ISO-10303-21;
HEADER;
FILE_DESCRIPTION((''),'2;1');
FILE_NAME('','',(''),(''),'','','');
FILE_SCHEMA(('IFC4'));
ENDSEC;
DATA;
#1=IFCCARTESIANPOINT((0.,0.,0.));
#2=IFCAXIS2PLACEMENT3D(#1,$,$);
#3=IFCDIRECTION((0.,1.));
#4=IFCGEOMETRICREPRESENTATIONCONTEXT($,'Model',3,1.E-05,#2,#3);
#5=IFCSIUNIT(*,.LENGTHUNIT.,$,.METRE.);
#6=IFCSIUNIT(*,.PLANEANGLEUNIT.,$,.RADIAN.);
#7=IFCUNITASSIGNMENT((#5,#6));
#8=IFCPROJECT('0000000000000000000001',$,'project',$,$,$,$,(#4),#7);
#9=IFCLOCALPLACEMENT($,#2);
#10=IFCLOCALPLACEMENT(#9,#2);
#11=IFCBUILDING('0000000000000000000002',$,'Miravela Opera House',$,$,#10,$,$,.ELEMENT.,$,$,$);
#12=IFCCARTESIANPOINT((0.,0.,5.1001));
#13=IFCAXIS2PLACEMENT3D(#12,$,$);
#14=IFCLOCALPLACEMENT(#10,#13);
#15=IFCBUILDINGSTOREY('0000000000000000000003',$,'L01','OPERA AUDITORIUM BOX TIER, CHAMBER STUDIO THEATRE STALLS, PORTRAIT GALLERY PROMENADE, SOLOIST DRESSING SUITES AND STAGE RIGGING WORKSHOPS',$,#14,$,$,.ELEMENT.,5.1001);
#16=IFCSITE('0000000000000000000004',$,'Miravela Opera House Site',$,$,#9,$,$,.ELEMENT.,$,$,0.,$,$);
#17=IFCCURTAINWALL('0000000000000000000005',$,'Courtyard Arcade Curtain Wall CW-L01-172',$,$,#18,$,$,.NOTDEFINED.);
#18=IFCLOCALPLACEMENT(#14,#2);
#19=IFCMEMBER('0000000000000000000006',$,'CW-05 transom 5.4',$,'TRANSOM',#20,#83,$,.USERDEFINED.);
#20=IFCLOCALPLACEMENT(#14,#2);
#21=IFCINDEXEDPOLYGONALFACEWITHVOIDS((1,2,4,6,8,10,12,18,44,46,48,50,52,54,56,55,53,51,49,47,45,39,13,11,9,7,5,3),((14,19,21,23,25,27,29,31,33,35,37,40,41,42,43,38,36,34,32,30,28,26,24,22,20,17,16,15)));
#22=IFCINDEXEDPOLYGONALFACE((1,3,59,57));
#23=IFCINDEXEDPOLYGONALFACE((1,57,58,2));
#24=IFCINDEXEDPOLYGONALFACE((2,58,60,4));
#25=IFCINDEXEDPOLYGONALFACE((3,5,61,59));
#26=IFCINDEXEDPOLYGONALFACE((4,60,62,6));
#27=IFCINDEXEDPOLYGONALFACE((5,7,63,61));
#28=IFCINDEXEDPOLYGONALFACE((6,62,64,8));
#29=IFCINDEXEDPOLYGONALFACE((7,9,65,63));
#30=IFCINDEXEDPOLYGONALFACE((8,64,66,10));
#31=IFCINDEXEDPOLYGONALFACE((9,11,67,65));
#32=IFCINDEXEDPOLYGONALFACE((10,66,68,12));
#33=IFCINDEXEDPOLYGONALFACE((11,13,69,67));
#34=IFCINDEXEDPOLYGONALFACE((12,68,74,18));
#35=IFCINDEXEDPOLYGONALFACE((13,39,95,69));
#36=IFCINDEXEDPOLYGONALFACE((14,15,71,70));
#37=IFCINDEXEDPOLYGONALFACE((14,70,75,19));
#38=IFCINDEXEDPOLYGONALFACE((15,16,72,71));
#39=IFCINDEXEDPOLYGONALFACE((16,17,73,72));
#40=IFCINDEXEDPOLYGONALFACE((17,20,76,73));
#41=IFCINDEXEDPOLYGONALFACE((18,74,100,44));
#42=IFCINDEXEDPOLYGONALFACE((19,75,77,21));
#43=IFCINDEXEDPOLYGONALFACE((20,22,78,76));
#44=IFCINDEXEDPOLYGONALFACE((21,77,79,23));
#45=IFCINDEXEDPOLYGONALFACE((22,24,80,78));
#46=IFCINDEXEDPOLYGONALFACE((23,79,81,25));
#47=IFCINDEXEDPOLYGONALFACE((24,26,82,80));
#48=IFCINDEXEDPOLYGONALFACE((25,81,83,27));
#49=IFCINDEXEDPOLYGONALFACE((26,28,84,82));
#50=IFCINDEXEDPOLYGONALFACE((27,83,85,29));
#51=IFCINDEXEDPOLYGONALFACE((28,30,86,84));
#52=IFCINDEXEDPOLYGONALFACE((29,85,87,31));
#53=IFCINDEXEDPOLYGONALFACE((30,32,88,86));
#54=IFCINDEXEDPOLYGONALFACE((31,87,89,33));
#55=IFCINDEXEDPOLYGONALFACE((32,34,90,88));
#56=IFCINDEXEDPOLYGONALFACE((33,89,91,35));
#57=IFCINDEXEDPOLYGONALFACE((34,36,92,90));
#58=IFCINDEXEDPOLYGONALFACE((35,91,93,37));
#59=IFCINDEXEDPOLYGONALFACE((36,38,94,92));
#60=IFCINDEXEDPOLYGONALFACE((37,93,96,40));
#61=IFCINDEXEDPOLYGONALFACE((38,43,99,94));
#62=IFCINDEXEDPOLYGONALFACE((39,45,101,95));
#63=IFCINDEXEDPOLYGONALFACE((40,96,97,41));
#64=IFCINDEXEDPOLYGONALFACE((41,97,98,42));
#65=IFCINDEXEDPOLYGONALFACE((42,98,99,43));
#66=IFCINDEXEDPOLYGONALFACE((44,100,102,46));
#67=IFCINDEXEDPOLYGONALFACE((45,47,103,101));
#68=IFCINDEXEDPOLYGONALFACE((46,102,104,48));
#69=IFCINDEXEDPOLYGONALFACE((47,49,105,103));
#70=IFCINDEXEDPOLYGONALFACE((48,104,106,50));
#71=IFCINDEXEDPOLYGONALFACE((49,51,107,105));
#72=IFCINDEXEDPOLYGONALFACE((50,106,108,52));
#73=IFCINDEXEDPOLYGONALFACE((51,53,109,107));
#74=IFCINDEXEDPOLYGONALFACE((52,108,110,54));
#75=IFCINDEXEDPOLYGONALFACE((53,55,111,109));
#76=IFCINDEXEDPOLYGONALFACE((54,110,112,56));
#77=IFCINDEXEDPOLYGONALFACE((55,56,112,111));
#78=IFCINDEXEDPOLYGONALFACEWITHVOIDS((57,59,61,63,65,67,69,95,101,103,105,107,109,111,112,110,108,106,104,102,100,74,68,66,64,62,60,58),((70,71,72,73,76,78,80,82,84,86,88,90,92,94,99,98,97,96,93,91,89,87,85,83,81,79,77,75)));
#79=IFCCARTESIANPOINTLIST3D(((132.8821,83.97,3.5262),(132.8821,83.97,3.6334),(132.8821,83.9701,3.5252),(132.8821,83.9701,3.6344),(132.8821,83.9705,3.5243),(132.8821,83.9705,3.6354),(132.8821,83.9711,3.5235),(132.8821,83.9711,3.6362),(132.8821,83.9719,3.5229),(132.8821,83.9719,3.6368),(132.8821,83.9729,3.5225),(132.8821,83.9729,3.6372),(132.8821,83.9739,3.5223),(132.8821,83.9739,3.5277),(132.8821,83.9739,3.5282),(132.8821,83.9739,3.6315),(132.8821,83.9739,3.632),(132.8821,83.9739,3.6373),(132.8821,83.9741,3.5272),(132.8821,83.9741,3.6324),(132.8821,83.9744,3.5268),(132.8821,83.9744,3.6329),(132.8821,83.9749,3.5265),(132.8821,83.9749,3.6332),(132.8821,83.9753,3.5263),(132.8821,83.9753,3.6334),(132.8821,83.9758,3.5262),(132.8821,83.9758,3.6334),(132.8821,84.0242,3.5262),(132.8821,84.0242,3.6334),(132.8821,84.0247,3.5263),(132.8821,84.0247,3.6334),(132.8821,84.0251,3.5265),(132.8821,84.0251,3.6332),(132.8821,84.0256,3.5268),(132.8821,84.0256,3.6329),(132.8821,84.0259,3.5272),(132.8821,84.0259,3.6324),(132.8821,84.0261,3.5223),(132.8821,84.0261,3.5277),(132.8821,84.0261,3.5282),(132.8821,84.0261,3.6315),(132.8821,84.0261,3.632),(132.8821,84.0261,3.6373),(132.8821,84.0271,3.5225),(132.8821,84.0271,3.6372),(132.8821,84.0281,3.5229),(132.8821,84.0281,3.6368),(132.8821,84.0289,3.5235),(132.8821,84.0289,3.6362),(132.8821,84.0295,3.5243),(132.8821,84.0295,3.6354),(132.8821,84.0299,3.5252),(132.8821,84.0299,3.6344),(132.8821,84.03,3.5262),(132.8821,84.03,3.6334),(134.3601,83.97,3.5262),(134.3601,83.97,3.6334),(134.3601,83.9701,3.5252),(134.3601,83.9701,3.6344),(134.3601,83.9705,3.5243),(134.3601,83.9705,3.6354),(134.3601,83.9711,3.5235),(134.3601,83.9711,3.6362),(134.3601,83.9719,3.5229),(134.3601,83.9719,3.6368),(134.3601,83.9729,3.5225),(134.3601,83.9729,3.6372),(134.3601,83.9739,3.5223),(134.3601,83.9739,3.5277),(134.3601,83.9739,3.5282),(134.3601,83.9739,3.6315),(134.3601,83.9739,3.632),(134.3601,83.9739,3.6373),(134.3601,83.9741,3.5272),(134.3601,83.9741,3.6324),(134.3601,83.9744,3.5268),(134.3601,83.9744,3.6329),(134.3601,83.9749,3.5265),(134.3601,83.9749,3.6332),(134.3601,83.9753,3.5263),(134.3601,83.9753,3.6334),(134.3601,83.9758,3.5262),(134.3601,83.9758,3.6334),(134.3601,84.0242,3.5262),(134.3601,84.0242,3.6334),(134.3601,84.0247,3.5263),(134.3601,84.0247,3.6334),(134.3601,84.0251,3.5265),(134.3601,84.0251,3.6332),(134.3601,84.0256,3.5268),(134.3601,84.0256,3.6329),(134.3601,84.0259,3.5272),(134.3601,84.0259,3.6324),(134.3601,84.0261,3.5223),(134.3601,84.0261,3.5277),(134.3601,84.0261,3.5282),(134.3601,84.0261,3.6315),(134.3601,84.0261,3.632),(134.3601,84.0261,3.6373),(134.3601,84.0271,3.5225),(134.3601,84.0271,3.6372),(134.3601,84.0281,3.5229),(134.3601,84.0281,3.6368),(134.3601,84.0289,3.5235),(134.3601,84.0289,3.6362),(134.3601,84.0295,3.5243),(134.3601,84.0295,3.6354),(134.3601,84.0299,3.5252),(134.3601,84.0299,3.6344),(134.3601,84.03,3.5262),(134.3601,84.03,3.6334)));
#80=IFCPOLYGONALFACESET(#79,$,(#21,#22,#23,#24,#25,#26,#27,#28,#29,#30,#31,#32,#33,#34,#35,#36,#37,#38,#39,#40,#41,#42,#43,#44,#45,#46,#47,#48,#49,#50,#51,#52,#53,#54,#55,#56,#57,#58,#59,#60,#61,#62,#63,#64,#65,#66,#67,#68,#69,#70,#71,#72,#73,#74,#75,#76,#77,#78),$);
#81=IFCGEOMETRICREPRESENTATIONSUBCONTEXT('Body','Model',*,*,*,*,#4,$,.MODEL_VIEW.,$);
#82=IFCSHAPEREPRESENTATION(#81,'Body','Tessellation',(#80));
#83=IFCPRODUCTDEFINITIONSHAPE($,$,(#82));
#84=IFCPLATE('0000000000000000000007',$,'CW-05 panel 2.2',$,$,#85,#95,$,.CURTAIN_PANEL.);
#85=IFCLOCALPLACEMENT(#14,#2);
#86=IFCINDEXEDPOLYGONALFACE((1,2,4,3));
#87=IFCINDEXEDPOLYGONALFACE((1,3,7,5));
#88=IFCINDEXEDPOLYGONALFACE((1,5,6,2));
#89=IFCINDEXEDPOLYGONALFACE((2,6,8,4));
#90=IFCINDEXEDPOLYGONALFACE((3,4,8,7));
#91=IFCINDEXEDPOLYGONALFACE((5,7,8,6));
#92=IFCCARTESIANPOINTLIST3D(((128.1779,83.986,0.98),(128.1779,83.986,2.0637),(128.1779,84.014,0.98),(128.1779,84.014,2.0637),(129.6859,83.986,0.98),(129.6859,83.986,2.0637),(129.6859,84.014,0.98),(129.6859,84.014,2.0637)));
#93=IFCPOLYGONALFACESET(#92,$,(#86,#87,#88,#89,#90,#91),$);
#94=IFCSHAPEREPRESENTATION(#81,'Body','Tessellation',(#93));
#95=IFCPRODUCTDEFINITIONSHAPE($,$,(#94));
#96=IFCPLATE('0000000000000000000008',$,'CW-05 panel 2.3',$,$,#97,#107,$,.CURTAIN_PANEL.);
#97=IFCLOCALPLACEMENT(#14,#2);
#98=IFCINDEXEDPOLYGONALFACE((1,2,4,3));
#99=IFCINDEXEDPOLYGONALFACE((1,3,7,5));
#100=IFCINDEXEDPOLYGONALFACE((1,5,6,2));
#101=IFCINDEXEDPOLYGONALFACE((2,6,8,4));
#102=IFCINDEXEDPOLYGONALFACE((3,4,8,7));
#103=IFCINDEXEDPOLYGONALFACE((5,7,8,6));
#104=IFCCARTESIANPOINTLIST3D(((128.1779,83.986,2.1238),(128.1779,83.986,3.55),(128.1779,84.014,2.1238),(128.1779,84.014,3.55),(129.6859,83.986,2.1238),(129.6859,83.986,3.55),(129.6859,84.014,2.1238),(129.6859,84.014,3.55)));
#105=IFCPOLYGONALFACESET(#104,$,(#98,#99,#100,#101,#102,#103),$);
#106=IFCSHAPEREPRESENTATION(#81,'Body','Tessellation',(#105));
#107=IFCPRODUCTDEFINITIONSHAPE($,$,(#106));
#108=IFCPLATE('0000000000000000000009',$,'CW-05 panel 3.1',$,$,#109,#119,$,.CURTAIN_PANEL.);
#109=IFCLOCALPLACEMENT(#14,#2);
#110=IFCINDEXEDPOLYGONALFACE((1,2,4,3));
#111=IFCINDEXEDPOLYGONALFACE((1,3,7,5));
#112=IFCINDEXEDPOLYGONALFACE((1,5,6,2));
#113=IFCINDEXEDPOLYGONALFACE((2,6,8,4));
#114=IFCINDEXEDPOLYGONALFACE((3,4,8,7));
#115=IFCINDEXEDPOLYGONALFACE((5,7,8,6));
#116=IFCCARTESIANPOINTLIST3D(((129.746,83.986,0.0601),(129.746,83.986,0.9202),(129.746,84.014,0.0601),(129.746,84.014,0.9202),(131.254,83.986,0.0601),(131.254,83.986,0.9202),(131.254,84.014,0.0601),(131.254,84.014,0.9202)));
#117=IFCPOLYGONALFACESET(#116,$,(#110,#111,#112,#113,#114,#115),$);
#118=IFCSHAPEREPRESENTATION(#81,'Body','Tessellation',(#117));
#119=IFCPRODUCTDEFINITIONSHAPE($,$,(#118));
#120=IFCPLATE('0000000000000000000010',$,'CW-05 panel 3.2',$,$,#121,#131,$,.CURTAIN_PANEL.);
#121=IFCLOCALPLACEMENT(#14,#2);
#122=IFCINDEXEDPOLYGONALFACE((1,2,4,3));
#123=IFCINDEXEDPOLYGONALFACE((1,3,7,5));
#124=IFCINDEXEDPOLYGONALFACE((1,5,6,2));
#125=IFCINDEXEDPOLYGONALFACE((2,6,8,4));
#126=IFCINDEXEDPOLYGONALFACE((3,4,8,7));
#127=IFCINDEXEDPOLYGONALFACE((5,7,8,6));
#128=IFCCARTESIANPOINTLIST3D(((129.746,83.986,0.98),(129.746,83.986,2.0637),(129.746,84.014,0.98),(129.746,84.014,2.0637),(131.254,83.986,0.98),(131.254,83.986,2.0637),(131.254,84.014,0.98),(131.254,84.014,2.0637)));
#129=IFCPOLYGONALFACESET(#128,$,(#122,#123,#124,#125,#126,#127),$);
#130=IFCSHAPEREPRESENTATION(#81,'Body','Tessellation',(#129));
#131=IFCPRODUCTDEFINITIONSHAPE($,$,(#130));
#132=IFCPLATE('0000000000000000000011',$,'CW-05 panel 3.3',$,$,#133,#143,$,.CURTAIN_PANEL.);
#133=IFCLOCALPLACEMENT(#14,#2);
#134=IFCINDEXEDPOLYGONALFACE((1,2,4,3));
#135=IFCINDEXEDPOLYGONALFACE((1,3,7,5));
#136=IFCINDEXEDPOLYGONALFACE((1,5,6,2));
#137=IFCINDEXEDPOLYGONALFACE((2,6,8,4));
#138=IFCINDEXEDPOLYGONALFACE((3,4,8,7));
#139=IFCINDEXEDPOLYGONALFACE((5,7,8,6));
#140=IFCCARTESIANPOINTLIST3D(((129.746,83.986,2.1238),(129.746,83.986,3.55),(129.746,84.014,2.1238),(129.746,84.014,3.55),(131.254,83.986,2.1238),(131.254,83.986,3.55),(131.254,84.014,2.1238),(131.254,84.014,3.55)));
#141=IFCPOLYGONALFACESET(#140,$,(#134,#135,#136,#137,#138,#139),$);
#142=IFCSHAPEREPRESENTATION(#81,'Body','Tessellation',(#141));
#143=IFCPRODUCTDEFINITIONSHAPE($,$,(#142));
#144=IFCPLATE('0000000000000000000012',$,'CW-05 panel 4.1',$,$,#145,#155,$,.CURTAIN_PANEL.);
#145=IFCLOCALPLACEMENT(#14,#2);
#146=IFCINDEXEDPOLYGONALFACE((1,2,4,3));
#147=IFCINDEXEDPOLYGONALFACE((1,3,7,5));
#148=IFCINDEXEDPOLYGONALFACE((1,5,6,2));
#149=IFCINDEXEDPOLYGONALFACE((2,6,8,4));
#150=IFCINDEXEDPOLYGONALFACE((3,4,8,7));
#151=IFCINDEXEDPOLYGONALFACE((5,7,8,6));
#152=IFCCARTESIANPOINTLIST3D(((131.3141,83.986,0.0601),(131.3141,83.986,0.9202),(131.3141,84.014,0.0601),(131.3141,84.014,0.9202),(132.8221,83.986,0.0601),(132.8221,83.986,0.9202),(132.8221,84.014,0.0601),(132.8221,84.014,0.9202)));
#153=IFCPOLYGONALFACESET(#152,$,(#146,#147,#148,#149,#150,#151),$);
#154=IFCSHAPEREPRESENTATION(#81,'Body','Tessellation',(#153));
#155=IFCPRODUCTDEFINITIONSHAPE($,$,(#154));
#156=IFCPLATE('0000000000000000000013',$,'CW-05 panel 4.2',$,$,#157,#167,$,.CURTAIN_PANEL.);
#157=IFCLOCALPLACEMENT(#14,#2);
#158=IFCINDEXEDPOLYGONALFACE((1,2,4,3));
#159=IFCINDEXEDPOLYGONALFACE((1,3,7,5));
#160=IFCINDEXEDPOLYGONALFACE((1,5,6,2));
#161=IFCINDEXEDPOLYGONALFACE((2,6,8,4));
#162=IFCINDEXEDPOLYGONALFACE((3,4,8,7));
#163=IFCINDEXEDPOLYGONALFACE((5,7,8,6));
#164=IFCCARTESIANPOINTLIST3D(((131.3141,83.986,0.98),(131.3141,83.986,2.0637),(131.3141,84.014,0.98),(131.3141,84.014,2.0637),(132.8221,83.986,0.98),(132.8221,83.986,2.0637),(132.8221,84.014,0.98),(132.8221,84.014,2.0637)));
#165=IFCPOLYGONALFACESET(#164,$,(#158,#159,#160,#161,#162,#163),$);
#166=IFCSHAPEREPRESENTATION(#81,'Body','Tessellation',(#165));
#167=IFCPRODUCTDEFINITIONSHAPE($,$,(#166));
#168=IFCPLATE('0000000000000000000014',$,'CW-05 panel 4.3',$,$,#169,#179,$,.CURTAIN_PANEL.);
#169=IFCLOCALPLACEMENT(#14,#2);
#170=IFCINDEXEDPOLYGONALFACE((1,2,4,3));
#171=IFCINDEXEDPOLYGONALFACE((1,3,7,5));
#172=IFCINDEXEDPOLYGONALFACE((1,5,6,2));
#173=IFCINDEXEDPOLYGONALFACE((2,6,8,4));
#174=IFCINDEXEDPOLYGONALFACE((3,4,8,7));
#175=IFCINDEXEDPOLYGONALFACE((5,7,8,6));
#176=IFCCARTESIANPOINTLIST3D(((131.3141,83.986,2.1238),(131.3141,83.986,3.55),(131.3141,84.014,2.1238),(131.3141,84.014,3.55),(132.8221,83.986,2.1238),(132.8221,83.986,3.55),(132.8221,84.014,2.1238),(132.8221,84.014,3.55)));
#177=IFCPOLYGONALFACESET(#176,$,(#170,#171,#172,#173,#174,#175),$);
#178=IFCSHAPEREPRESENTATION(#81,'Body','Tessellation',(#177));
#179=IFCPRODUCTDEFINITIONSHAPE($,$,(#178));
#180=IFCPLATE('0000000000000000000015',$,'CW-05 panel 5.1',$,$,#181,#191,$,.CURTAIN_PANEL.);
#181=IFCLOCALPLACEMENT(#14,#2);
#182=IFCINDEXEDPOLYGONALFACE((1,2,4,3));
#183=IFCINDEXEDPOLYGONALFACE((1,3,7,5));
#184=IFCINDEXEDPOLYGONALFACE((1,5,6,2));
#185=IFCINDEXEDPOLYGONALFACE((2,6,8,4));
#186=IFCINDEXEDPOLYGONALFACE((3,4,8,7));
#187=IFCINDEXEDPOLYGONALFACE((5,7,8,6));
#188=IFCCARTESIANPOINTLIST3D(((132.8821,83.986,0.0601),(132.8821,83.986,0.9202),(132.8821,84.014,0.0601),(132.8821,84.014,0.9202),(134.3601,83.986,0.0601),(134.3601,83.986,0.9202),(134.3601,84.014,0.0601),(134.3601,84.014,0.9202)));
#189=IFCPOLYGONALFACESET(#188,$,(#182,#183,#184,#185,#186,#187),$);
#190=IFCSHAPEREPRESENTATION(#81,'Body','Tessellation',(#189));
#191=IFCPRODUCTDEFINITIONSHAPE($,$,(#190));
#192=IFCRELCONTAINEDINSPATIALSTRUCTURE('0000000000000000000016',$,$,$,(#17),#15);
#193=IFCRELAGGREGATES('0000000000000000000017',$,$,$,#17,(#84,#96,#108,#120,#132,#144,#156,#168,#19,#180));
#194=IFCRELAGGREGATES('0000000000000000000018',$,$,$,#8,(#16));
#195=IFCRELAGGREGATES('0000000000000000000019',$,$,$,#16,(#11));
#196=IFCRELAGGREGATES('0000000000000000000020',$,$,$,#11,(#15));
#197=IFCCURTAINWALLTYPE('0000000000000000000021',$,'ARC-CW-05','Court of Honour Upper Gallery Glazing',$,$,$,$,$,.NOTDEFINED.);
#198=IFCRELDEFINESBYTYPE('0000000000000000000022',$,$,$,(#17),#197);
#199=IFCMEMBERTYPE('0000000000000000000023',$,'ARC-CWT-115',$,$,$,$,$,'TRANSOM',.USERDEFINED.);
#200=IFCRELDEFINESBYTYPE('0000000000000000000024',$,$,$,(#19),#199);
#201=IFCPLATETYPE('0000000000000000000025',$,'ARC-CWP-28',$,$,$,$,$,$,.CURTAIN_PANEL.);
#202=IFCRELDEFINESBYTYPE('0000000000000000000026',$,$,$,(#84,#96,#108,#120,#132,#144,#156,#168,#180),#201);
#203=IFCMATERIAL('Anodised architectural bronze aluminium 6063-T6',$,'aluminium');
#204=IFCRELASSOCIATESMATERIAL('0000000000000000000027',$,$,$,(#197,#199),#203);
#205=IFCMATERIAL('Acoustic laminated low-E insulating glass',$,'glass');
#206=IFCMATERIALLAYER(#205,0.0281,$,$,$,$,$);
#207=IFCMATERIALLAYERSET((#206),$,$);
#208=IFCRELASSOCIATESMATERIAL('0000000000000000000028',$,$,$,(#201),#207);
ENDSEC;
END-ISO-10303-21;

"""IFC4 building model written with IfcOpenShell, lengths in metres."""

from ifc_helpers import new_model, si_unit, direction, frame, origin, origin_2d, place, context, subcontext, project, spatial, rectangle, hollow_rectangle, extrude, material, layer, layer_set, material_profile, profile_set, type_object, element, aggregate, save


model = new_model("IFC4")

# Units and contexts
model_context = context("Model", 3, precision=1e-05, world=origin(), true_north=direction((0.0, 1.0)))
body_context = subcontext(model_context, "Body", "Model", "MODEL_VIEW")
ifc_project = project(units=[si_unit("LENGTHUNIT", "METRE"), si_unit("PLANEANGLEUNIT", "RADIAN")], contexts=[model_context])

# Site, building, storey
site_placement = place(None, origin())
site = spatial("IfcSite", under=ifc_project, at=site_placement, Name="Miravela Opera House Site", CompositionType="ELEMENT", RefElevation=0.0)
building_placement = place(site_placement, origin())
building = spatial("IfcBuilding", under=site, at=building_placement, Name="Miravela Opera House", CompositionType="ELEMENT")
storey_placement = place(building_placement, frame((0.0, 0.0, 5.1001)))
storey = spatial("IfcBuildingStorey", under=building, at=storey_placement, Name="L01", Description="OPERA AUDITORIUM BOX TIER, CHAMBER STUDIO THEATRE STALLS, PORTRAIT GALLERY PROMENADE, SOLOIST DRESSING SUITES AND STAGE RIGGING WORKSHOPS", CompositionType="ELEMENT", Elevation=5.1001)

# Curtain wall, member, plates
ifc_material_1 = material(Name="Anodised architectural bronze aluminium 6063-T6", Category="aluminium")
curtain_wall_type = type_object("IfcCurtainWallType", Name="ARC-CW-05", Description="Court of Honour Upper Gallery Glazing", PredefinedType="NOTDEFINED", material=ifc_material_1)
curtain_wall_placement = place(storey_placement, origin())
curtain_wall = element("IfcCurtainWall", 1, at=curtain_wall_placement, inside=storey, type_object=curtain_wall_type, Name="Courtyard Arcade Curtain Wall CW-L01-172", PredefinedType="NOTDEFINED")
ifc_material_profile_1 = material_profile(ifc_material_1, hollow_rectangle(XDim=0.0601, YDim=0.115, WallThickness=0.0039, InnerFilletRadius=0.002, OuterFilletRadius=0.0039, at=origin_2d()), Name="CWT-60X115")
ifc_profile_set_1 = profile_set([ifc_material_profile_1])
member_type_1 = type_object("IfcMemberType", Name="ARC-CWT-115", ElementType="TRANSOM", PredefinedType="USERDEFINED", material=ifc_profile_set_1)
member_1_placement = place(storey_placement, frame((132.8821, 84.0, 3.5798), z_axis=(1.0, 0.0, 0.0), x_axis=(0.0, 1.0, 0.0)))
member_1 = element("IfcMember", 2, at=member_1_placement, type_object=member_type_1, Name="CW-05 transom 5.4", ObjectType="TRANSOM", PredefinedType="USERDEFINED", context=body_context, shape_type="SweptSolid", body=[
    extrude(hollow_rectangle(XDim=0.0601, YDim=0.115, WallThickness=0.0039, InnerFilletRadius=0.002, OuterFilletRadius=0.0039, at=origin_2d()), origin(), (0.0, 0.0, 1.0), 1.478),
])
ifc_material_2 = material(Name="Acoustic laminated low-E insulating glass", Category="glass")
ifc_layer = layer(ifc_material_2, 0.0281)
ifc_layer_set = layer_set([ifc_layer])
plate_type = type_object("IfcPlateType", Name="ARC-CWP-28", PredefinedType="CURTAIN_PANEL", material=ifc_layer_set)
plate_1_placement = place(storey_placement, frame((128.9319, 84.0, 0.98), z_axis=(0.0, 0.0, 1.0), x_axis=(1.0, 0.0, 0.0)))
plate_1 = element("IfcPlate", 3, at=plate_1_placement, type_object=plate_type, Name="CW-05 panel 2.2", PredefinedType="CURTAIN_PANEL", context=body_context, shape_type="SweptSolid", body=[
    extrude(rectangle(XDim=1.5081, YDim=0.0281, at=origin_2d()), origin(), (0.0, 0.0, 1.0), 1.0837),
])
plate_2_placement = place(storey_placement, frame((128.9319, 84.0, 2.1238), z_axis=(0.0, 0.0, 1.0), x_axis=(1.0, 0.0, 0.0)))
plate_2 = element("IfcPlate", 4, at=plate_2_placement, type_object=plate_type, Name="CW-05 panel 2.3", PredefinedType="CURTAIN_PANEL", context=body_context, shape_type="SweptSolid", body=[
    extrude(rectangle(XDim=1.5081, YDim=0.0281, at=origin_2d()), origin(), (0.0, 0.0, 1.0), 1.4263),
])
plate_3_placement = place(storey_placement, frame((130.5, 84.0, 0.0601), z_axis=(0.0, 0.0, 1.0), x_axis=(1.0, 0.0, 0.0)))
plate_3 = element("IfcPlate", 5, at=plate_3_placement, type_object=plate_type, Name="CW-05 panel 3.1", PredefinedType="CURTAIN_PANEL", context=body_context, shape_type="SweptSolid", body=[
    extrude(rectangle(XDim=1.5081, YDim=0.0281, at=origin_2d()), origin(), (0.0, 0.0, 1.0), 0.8601),
])
plate_4_placement = place(storey_placement, frame((130.5, 84.0, 0.98), z_axis=(0.0, 0.0, 1.0), x_axis=(1.0, 0.0, 0.0)))
plate_4 = element("IfcPlate", 6, at=plate_4_placement, type_object=plate_type, Name="CW-05 panel 3.2", PredefinedType="CURTAIN_PANEL", context=body_context, shape_type="SweptSolid", body=[
    extrude(rectangle(XDim=1.5081, YDim=0.0281, at=origin_2d()), origin(), (0.0, 0.0, 1.0), 1.0837),
])
plate_5_placement = place(storey_placement, frame((130.5, 84.0, 2.1238), z_axis=(0.0, 0.0, 1.0), x_axis=(1.0, 0.0, 0.0)))
plate_5 = element("IfcPlate", 7, at=plate_5_placement, type_object=plate_type, Name="CW-05 panel 3.3", PredefinedType="CURTAIN_PANEL", context=body_context, shape_type="SweptSolid", body=[
    extrude(rectangle(XDim=1.5081, YDim=0.0281, at=origin_2d()), origin(), (0.0, 0.0, 1.0), 1.4263),
])
plate_6_placement = place(storey_placement, frame((132.0681, 84.0, 0.0601), z_axis=(0.0, 0.0, 1.0), x_axis=(1.0, 0.0, 0.0)))
plate_6 = element("IfcPlate", 8, at=plate_6_placement, type_object=plate_type, Name="CW-05 panel 4.1", PredefinedType="CURTAIN_PANEL", context=body_context, shape_type="SweptSolid", body=[
    extrude(rectangle(XDim=1.5081, YDim=0.0281, at=origin_2d()), origin(), (0.0, 0.0, 1.0), 0.8601),
])
plate_7_placement = place(storey_placement, frame((132.0681, 84.0, 0.98), z_axis=(0.0, 0.0, 1.0), x_axis=(1.0, 0.0, 0.0)))
plate_7 = element("IfcPlate", 9, at=plate_7_placement, type_object=plate_type, Name="CW-05 panel 4.2", PredefinedType="CURTAIN_PANEL", context=body_context, shape_type="SweptSolid", body=[
    extrude(rectangle(XDim=1.5081, YDim=0.0281, at=origin_2d()), origin(), (0.0, 0.0, 1.0), 1.0837),
])
plate_8_placement = place(storey_placement, frame((132.0681, 84.0, 2.1238), z_axis=(0.0, 0.0, 1.0), x_axis=(1.0, 0.0, 0.0)))
plate_8 = element("IfcPlate", 10, at=plate_8_placement, type_object=plate_type, Name="CW-05 panel 4.3", PredefinedType="CURTAIN_PANEL", context=body_context, shape_type="SweptSolid", body=[
    extrude(rectangle(XDim=1.5081, YDim=0.0281, at=origin_2d()), origin(), (0.0, 0.0, 1.0), 1.4263),
])
plate_9_placement = place(storey_placement, frame((133.6211, 84.0, 0.0601), z_axis=(0.0, 0.0, 1.0), x_axis=(1.0, 0.0, 0.0)))
plate_9 = element("IfcPlate", 11, at=plate_9_placement, type_object=plate_type, Name="CW-05 panel 5.1", PredefinedType="CURTAIN_PANEL", context=body_context, shape_type="SweptSolid", body=[
    extrude(rectangle(XDim=1.478, YDim=0.0281, at=origin_2d()), origin(), (0.0, 0.0, 1.0), 0.8601),
])
aggregate(curtain_wall, [plate_1, plate_2, plate_3, plate_4, plate_5, plate_6, plate_7, plate_8, member_1, plate_9])

save(model, "model.ifc")
